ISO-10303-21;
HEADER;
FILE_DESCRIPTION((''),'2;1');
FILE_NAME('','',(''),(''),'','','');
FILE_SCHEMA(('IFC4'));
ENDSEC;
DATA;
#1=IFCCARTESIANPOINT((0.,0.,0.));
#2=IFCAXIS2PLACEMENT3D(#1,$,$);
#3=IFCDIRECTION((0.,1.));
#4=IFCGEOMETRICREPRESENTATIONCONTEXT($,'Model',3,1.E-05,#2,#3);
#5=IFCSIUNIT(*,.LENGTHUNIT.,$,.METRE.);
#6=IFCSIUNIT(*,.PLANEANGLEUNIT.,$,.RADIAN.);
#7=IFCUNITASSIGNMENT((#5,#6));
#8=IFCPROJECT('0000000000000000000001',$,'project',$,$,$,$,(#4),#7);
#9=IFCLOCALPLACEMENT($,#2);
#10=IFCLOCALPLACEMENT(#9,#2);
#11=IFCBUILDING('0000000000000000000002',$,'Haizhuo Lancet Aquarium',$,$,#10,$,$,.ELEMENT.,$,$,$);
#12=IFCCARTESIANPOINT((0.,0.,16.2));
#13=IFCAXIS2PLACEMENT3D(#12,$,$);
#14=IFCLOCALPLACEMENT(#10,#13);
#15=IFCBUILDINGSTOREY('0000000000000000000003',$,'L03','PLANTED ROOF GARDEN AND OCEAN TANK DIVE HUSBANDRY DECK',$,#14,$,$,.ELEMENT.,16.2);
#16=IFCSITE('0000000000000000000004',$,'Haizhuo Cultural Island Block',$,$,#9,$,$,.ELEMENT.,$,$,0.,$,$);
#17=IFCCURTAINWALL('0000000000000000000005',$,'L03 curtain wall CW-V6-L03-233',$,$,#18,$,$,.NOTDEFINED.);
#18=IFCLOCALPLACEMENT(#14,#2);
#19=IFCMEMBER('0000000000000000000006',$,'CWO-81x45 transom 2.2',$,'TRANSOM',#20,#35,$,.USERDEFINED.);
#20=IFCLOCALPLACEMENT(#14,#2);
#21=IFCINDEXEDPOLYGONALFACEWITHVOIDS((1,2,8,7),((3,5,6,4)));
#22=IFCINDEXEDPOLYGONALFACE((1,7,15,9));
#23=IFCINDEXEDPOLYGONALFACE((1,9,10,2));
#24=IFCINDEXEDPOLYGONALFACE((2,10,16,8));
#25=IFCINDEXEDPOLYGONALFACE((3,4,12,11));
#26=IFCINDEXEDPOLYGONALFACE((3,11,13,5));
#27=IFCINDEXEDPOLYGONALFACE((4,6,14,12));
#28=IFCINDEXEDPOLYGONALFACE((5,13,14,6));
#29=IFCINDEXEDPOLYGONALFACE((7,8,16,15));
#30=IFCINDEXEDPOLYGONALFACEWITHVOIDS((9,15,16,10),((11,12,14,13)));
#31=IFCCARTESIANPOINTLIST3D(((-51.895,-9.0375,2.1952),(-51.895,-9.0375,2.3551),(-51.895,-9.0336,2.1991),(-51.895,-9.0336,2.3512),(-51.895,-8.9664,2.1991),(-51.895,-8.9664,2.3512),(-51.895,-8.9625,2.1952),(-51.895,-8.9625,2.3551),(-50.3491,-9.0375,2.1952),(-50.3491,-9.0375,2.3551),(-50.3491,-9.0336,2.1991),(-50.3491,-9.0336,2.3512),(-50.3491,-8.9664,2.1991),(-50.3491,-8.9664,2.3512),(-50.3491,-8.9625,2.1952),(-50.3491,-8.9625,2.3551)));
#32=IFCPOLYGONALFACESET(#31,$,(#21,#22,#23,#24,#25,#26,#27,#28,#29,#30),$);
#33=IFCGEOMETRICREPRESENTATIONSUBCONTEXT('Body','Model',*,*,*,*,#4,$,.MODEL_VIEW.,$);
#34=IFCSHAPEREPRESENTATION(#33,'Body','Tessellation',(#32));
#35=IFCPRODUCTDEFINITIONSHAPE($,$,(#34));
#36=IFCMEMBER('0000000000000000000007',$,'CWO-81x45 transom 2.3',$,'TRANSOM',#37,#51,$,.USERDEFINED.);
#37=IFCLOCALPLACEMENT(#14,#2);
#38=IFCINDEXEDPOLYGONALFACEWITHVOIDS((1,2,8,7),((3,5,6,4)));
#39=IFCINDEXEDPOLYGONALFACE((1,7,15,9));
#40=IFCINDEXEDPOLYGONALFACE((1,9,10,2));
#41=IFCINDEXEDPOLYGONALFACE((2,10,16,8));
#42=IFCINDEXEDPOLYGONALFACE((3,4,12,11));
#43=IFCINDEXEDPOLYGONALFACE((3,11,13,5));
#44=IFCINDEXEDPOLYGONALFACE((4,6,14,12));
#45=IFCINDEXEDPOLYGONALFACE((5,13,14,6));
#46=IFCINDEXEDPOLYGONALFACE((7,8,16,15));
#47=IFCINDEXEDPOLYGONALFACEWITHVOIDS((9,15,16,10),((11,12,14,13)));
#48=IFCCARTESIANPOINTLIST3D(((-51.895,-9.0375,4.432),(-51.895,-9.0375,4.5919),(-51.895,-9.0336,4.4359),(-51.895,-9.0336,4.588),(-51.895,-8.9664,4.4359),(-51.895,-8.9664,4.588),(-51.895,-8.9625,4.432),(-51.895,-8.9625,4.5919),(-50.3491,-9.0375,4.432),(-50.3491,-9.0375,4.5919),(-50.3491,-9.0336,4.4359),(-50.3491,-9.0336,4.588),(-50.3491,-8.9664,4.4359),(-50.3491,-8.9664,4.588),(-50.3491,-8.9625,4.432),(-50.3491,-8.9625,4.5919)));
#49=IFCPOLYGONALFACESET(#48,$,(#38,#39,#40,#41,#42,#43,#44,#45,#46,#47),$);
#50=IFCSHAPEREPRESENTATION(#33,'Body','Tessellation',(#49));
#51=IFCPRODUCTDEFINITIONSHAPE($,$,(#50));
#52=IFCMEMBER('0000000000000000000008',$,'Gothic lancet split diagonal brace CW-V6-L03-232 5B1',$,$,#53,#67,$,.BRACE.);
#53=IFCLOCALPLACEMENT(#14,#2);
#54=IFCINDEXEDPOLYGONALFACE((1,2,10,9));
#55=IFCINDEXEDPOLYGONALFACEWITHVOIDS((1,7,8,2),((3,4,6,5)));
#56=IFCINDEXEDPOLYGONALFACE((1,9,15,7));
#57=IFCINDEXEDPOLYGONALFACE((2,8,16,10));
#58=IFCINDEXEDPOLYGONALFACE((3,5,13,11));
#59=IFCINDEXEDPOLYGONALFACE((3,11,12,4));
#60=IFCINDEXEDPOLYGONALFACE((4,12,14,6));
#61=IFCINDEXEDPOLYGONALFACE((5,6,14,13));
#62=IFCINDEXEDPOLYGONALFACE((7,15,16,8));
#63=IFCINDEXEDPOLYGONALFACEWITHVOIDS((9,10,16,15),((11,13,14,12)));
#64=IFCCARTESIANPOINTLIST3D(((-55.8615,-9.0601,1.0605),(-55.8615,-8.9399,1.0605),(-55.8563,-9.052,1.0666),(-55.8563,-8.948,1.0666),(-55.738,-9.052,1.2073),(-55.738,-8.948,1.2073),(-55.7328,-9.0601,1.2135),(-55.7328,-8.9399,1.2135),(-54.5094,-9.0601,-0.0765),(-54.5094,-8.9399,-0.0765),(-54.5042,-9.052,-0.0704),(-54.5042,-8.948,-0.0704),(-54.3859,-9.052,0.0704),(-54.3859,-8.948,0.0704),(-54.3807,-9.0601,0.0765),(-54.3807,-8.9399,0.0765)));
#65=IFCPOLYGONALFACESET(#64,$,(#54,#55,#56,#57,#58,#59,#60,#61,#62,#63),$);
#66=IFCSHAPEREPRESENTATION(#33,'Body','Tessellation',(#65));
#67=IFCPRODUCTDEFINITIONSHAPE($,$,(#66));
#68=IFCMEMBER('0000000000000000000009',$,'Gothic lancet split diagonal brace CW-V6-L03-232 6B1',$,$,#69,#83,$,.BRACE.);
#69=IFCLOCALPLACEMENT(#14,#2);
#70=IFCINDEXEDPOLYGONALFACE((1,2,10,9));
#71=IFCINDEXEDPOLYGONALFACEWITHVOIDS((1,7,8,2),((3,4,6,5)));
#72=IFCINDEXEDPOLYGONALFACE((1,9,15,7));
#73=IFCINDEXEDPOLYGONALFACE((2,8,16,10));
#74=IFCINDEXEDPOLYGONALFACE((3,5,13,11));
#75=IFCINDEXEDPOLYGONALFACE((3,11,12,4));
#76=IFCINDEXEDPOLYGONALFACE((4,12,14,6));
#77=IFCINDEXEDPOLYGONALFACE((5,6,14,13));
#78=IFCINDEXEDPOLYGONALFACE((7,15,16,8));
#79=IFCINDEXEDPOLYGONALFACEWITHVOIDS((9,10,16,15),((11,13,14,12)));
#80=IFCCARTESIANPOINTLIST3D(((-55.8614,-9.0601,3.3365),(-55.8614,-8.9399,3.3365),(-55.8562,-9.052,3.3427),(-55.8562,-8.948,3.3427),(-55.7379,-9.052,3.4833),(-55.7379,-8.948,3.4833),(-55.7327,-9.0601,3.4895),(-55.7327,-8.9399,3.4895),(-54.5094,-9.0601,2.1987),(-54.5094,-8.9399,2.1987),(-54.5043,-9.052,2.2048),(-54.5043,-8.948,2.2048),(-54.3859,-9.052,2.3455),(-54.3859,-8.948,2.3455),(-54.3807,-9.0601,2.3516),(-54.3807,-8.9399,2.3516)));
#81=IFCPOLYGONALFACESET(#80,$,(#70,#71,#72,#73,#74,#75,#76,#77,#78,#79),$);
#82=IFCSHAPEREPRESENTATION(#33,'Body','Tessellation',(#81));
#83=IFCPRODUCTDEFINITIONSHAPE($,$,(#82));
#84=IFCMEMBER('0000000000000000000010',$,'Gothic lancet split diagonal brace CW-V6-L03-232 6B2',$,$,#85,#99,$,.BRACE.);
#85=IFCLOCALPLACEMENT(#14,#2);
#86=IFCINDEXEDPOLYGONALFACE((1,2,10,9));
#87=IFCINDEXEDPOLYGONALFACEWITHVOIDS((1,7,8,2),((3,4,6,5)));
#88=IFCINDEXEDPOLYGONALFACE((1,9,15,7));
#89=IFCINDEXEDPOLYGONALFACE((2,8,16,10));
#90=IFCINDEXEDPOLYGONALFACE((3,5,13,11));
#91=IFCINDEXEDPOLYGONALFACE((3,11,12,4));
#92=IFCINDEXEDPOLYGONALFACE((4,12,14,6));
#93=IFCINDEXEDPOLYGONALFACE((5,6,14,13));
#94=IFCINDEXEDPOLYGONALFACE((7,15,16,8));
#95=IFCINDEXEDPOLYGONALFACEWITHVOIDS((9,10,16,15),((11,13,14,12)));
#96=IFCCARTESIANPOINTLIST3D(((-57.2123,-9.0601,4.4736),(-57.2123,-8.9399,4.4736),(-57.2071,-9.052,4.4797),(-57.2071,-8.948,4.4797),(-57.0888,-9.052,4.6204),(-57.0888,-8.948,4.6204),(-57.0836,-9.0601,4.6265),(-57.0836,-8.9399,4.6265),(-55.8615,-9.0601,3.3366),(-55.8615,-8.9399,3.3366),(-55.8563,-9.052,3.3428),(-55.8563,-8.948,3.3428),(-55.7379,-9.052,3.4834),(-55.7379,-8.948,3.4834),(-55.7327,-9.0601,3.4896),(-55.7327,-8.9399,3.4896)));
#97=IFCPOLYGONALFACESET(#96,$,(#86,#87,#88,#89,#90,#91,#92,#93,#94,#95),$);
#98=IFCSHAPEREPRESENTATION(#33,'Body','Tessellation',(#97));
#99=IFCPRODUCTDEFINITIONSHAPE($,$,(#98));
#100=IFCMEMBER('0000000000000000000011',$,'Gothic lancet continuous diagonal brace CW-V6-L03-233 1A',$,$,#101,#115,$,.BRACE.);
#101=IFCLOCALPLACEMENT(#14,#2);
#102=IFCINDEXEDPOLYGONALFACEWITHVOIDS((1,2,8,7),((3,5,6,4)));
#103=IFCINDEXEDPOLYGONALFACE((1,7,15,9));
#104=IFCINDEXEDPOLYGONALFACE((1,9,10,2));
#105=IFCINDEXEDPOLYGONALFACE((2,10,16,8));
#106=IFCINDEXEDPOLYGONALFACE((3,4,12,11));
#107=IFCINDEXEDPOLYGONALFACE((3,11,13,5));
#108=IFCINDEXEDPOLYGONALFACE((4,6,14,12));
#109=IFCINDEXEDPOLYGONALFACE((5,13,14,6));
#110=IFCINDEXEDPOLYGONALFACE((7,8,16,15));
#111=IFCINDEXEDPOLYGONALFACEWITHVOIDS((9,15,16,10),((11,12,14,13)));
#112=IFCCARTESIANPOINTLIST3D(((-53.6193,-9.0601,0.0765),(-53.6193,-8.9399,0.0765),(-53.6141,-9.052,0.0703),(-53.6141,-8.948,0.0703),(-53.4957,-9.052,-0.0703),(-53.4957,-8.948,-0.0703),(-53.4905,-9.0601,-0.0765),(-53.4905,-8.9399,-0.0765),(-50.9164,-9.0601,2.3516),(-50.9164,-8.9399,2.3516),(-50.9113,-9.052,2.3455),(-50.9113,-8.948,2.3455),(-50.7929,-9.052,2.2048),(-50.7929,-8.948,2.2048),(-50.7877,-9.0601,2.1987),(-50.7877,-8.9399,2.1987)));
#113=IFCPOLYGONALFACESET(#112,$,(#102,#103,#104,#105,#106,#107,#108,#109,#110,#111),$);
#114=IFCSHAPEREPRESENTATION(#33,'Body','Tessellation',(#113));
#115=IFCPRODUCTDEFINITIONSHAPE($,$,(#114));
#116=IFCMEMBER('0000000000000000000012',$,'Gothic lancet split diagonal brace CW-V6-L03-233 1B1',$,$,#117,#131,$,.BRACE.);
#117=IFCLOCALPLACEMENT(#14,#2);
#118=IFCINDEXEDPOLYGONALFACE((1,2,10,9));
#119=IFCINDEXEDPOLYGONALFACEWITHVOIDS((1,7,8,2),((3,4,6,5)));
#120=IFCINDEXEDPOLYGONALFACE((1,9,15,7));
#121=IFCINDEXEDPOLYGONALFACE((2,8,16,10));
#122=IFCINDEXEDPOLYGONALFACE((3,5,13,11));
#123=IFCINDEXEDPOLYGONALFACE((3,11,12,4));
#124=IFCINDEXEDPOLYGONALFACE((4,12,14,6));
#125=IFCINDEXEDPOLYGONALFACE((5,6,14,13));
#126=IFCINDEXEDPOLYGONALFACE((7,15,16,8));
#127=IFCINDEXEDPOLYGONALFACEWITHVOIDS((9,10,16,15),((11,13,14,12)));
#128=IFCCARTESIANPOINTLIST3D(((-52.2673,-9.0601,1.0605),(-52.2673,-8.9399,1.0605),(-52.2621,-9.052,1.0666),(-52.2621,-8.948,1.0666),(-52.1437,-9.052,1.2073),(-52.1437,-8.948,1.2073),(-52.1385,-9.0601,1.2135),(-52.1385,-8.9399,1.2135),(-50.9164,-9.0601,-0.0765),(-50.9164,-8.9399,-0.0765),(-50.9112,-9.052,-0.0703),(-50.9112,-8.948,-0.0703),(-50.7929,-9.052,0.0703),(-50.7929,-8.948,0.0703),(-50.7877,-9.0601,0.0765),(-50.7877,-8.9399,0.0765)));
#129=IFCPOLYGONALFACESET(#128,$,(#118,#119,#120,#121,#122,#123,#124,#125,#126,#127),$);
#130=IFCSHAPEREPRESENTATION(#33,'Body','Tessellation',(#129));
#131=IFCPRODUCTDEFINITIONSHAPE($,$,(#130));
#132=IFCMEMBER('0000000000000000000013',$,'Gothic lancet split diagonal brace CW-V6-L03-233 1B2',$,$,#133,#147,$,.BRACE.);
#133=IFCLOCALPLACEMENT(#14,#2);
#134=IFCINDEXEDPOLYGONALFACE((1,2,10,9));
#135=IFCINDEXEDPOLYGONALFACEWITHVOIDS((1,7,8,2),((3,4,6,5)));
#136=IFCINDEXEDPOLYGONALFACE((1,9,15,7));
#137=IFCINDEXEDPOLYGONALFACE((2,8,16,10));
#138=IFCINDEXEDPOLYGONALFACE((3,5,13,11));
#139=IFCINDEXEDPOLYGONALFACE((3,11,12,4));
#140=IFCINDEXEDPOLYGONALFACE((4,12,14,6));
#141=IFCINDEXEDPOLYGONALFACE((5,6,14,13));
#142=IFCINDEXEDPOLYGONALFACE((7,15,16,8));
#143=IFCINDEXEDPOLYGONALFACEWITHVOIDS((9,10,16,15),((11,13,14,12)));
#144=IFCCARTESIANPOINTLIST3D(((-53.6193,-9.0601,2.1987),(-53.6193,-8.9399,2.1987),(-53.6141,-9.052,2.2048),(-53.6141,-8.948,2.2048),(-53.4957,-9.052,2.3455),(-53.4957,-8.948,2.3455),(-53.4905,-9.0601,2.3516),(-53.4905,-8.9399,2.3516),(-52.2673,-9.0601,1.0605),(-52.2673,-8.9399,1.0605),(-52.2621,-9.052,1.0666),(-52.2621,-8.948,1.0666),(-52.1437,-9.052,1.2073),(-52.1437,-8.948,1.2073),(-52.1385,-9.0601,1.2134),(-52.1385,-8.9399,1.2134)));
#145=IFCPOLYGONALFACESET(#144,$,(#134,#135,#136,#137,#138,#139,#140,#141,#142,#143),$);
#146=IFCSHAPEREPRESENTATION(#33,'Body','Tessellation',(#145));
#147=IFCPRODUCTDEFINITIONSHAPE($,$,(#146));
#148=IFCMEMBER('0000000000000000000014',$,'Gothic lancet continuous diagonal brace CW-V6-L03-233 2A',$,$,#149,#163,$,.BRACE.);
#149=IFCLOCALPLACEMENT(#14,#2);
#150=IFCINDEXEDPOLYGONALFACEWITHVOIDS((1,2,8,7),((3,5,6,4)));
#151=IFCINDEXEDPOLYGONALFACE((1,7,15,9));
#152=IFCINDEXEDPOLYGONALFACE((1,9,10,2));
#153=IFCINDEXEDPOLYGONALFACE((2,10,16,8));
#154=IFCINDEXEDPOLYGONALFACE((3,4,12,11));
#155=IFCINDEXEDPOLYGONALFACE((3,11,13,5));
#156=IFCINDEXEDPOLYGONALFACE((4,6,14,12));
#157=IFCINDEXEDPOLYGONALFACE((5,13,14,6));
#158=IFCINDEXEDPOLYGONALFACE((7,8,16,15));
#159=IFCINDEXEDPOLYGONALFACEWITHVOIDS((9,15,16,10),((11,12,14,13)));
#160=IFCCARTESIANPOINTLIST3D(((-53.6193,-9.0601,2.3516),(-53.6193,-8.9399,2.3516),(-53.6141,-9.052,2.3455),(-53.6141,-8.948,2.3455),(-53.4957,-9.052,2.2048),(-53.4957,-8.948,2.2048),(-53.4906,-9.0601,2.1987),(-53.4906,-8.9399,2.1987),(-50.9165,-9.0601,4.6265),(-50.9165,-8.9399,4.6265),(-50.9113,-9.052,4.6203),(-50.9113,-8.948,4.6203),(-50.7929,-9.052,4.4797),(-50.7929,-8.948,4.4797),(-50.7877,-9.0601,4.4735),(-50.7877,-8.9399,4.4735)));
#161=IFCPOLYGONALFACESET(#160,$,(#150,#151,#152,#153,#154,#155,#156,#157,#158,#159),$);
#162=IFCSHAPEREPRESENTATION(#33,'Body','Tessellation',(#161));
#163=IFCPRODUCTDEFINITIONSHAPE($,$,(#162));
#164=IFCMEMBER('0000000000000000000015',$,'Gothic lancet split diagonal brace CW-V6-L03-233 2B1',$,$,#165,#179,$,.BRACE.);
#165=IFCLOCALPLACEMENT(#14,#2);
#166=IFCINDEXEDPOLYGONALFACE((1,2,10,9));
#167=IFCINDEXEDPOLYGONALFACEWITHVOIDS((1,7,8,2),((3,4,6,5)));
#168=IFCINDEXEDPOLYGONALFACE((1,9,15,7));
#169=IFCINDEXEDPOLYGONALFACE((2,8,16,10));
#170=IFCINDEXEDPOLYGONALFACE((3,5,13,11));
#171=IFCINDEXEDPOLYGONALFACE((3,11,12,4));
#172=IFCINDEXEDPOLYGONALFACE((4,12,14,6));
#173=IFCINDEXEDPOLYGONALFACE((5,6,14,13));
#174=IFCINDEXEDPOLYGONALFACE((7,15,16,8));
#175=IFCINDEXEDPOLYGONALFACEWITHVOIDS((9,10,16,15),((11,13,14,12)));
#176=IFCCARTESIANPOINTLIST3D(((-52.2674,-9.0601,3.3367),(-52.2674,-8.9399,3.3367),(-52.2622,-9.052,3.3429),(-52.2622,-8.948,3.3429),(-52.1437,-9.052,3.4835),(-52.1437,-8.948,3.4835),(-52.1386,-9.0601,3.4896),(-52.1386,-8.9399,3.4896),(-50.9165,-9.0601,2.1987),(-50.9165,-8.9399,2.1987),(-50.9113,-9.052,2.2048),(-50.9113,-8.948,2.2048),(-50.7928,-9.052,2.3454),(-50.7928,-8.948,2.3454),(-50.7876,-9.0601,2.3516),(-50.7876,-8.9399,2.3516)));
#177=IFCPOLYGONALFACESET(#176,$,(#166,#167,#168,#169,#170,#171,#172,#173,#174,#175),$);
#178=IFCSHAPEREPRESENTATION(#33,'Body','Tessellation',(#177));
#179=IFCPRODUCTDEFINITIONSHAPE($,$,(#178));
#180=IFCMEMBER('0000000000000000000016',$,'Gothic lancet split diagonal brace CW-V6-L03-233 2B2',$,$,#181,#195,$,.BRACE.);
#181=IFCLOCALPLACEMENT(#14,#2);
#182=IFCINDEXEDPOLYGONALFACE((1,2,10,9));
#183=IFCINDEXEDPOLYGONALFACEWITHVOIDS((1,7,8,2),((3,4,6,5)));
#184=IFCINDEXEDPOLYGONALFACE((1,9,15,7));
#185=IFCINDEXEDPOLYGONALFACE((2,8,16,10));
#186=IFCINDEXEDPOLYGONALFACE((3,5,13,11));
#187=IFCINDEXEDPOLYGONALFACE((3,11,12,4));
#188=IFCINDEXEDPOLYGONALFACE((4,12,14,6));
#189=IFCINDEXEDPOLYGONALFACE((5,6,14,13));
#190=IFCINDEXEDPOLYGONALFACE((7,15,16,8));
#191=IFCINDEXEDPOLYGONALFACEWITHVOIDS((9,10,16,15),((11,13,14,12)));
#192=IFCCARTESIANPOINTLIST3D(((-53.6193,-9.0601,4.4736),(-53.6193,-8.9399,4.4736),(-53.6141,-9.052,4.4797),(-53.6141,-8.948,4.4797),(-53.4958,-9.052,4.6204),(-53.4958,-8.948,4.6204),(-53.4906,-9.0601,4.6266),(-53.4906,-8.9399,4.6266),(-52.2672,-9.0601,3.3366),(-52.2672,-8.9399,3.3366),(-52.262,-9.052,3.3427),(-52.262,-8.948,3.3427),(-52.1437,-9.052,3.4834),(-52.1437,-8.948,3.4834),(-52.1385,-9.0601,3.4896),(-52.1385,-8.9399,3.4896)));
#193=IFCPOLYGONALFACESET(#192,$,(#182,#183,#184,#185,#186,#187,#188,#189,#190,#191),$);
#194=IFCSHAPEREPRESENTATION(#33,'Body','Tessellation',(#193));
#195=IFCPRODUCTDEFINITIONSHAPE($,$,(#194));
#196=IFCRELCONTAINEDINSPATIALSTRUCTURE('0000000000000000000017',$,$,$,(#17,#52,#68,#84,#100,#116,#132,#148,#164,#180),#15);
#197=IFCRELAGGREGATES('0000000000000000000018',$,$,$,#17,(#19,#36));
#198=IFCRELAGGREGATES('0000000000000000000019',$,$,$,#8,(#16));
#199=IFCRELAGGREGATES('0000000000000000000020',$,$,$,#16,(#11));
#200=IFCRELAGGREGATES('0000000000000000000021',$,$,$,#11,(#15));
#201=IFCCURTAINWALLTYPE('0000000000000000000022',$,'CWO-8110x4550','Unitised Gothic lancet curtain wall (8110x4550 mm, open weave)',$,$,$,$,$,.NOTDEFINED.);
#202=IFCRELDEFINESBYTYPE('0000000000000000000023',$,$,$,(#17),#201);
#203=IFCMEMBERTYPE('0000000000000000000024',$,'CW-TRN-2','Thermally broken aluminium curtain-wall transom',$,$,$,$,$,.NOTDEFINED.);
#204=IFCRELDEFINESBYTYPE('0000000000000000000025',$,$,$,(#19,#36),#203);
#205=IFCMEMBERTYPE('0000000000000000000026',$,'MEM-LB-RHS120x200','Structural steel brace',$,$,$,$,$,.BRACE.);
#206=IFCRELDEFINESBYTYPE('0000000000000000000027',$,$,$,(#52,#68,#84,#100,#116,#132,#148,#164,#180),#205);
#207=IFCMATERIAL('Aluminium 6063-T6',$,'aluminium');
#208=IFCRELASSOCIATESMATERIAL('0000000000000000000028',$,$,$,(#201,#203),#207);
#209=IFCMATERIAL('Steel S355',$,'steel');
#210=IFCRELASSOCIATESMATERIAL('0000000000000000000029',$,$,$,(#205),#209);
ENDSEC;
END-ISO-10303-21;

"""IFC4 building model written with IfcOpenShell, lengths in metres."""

from ifc_helpers import new_model, si_unit, direction, frame, origin, origin_2d, place, context, subcontext, project, spatial, hollow_rectangle, extrude, material, material_profile, profile_set, type_object, element, aggregate, save


model = new_model("IFC4")

# Units and contexts
model_context = context("Model", 3, precision=1e-05, world=origin(), true_north=direction((0.0, 1.0)))
body_context = subcontext(model_context, "Body", "Model", "MODEL_VIEW")
ifc_project = project(units=[si_unit("LENGTHUNIT", "METRE"), si_unit("PLANEANGLEUNIT", "RADIAN")], contexts=[model_context])

# Site, building, storey
site_placement = place(None, origin())
site = spatial("IfcSite", under=ifc_project, at=site_placement, Name="Haizhuo Cultural Island Block", CompositionType="ELEMENT", RefElevation=0.0)
building_placement = place(site_placement, origin())
building = spatial("IfcBuilding", under=site, at=building_placement, Name="Haizhuo Lancet Aquarium", CompositionType="ELEMENT")
storey_placement = place(building_placement, frame((0.0, 0.0, 16.2)))
storey = spatial("IfcBuildingStorey", under=building, at=storey_placement, Name="L03", Description="PLANTED ROOF GARDEN AND OCEAN TANK DIVE HUSBANDRY DECK", CompositionType="ELEMENT", Elevation=16.2)

# Shared definitions
ifc_material_1 = material(Name="Steel S355", Category="steel")

# Shared definitions
ifc_material_2 = material(Name="Aluminium 6063-T6", Category="aluminium")
curtain_wall_type = type_object("IfcCurtainWallType", Name="CWO-8110x4550", Description="Unitised Gothic lancet curtain wall (8110x4550 mm, open weave)", PredefinedType="NOTDEFINED", material=ifc_material_2)

# Curtain wall, members
curtain_wall_1_placement = place(storey_placement, origin())
curtain_wall_1 = element("IfcCurtainWall", 1, at=curtain_wall_1_placement, inside=storey, type_object=curtain_wall_type, Name="L03 curtain wall CW-V6-L03-233", PredefinedType="NOTDEFINED")
ifc_material_profile_1 = material_profile(ifc_material_2, hollow_rectangle(XDim=0.075, YDim=0.1599, WallThickness=0.0039, at=origin_2d()), Name="ALU-T 75x160x4")
ifc_profile_set_1 = profile_set([ifc_material_profile_1], Name="Aluminium 6063-T6")
member_type_1 = type_object("IfcMemberType", Name="CW-TRN-2", Description="Thermally broken aluminium curtain-wall transom", PredefinedType="NOTDEFINED", material=ifc_profile_set_1)
member_1_placement = place(storey_placement, frame((-51.895, -9.0, 2.2751), z_axis=(1.0, 0.0, 0.0), x_axis=(0.0, 1.0, 0.0)))
member_1 = element("IfcMember", 2, at=member_1_placement, type_object=member_type_1, Name="CWO-81x45 transom 2.2", ObjectType="TRANSOM", PredefinedType="USERDEFINED", context=body_context, shape_type="SweptSolid", body=[
    extrude(hollow_rectangle(XDim=0.075, YDim=0.1599, WallThickness=0.0039, at=origin_2d()), origin(), (0.0, 0.0, 1.0), 1.5459),
])
member_2_placement = place(storey_placement, frame((-51.895, -9.0, 4.512), z_axis=(1.0, 0.0, 0.0), x_axis=(0.0, 1.0, 0.0)))
member_2 = element("IfcMember", 3, at=member_2_placement, type_object=member_type_1, Name="CWO-81x45 transom 2.3", ObjectType="TRANSOM", PredefinedType="USERDEFINED", context=body_context, shape_type="SweptSolid", body=[
    extrude(hollow_rectangle(XDim=0.075, YDim=0.1599, WallThickness=0.0039, at=origin_2d()), origin(), (0.0, 0.0, 1.0), 1.5459),
])

# Members
ifc_material_profile_2 = material_profile(ifc_material_1, hollow_rectangle(XDim=0.1201, YDim=0.2, WallThickness=0.0081, at=origin_2d()), Name="RHS 120x200x8")
ifc_profile_set_2 = profile_set([ifc_material_profile_2], Name="Steel S355")
member_type_2 = type_object("IfcMemberType", Name="MEM-LB-RHS120x200", Description="Structural steel brace", PredefinedType="BRACE", material=ifc_profile_set_2)
member_3_placement = place(storey_placement, frame((-54.4451, -9.0, 0.0), z_axis=(-0.765359, 0.0, 0.643604), x_axis=(0.0, -1.0, 0.0)))
element("IfcMember", 4, at=member_3_placement, inside=storey, type_object=member_type_2, Name="Gothic lancet split diagonal brace CW-V6-L03-232 5B1", PredefinedType="BRACE", context=body_context, shape_type="SweptSolid", body=[
    extrude(hollow_rectangle(XDim=0.1201, YDim=0.2, WallThickness=0.0081, at=origin_2d()), origin(), (0.0, 0.0, 1.0), 1.7666),
])
member_4_placement = place(storey_placement, frame((-54.4451, -9.0, 2.2751), z_axis=(-0.765087, 0.0, 0.643927), x_axis=(0.0, -1.0, 0.0)))
element("IfcMember", 5, at=member_4_placement, inside=storey, type_object=member_type_2, Name="Gothic lancet split diagonal brace CW-V6-L03-232 6B1", PredefinedType="BRACE", context=body_context, shape_type="SweptSolid", body=[
    extrude(hollow_rectangle(XDim=0.1201, YDim=0.2, WallThickness=0.0081, at=origin_2d()), origin(), (0.0, 0.0, 1.0), 1.7671),
])
member_5_placement = place(storey_placement, frame((-55.7971, -9.0, 3.4131), z_axis=(-0.765073, 0.0, 0.643944), x_axis=(0.0, -1.0, 0.0)))
element("IfcMember", 6, at=member_5_placement, inside=storey, type_object=member_type_2, Name="Gothic lancet split diagonal brace CW-V6-L03-232 6B2", PredefinedType="BRACE", context=body_context, shape_type="SweptSolid", body=[
    extrude(hollow_rectangle(XDim=0.1201, YDim=0.2, WallThickness=0.0081, at=origin_2d()), origin(), (0.0, 0.0, 1.0), 1.7656),
])
member_6_placement = place(storey_placement, frame((-53.5549, -9.0, 0.0), z_axis=(0.765046, 0.0, 0.643976), x_axis=(0.0, 1.0, 0.0)))
element("IfcMember", 7, at=member_6_placement, inside=storey, type_object=member_type_2, Name="Gothic lancet continuous diagonal brace CW-V6-L03-233 1A", PredefinedType="BRACE", context=body_context, shape_type="SweptSolid", body=[
    extrude(hollow_rectangle(XDim=0.1201, YDim=0.2, WallThickness=0.0081, at=origin_2d()), origin(), (0.0, 0.0, 1.0), 3.533),
])
member_7_placement = place(storey_placement, frame((-50.8521, -9.0, 0.0), z_axis=(-0.765073, 0.0, 0.643944), x_axis=(0.0, -1.0, 0.0)))
element("IfcMember", 8, at=member_7_placement, inside=storey, type_object=member_type_2, Name="Gothic lancet split diagonal brace CW-V6-L03-233 1B1", PredefinedType="BRACE", context=body_context, shape_type="SweptSolid", body=[
    extrude(hollow_rectangle(XDim=0.1201, YDim=0.2, WallThickness=0.0081, at=origin_2d()), origin(), (0.0, 0.0, 1.0), 1.7656),
])
member_8_placement = place(storey_placement, frame((-52.2029, -9.0, 1.137), z_axis=(-0.765019, 0.0, 0.644008), x_axis=(0.0, -1.0, 0.0)))
element("IfcMember", 9, at=member_8_placement, inside=storey, type_object=member_type_2, Name="Gothic lancet split diagonal brace CW-V6-L03-233 1B2", PredefinedType="BRACE", context=body_context, shape_type="SweptSolid", body=[
    extrude(hollow_rectangle(XDim=0.1201, YDim=0.2, WallThickness=0.0081, at=origin_2d()), origin(), (0.0, 0.0, 1.0), 1.7673),
])
member_9_placement = place(storey_placement, frame((-53.5549, -9.0, 2.2751), z_axis=(0.76508, 0.0, 0.643936), x_axis=(0.0, 1.0, 0.0)))
element("IfcMember", 10, at=member_9_placement, inside=storey, type_object=member_type_2, Name="Gothic lancet continuous diagonal brace CW-V6-L03-233 2A", PredefinedType="BRACE", context=body_context, shape_type="SweptSolid", body=[
    extrude(hollow_rectangle(XDim=0.1201, YDim=0.2, WallThickness=0.0081, at=origin_2d()), origin(), (0.0, 0.0, 1.0), 3.5327),
])
member_10_placement = place(storey_placement, frame((-50.8521, -9.0, 2.2751), z_axis=(-0.7648, 0.0, 0.644268), x_axis=(0.0, -1.0, 0.0)))
element("IfcMember", 11, at=member_10_placement, inside=storey, type_object=member_type_2, Name="Gothic lancet split diagonal brace CW-V6-L03-233 2B1", PredefinedType="BRACE", context=body_context, shape_type="SweptSolid", body=[
    extrude(hollow_rectangle(XDim=0.1201, YDim=0.2, WallThickness=0.0081, at=origin_2d()), origin(), (0.0, 0.0, 1.0), 1.7664),
])
member_11_placement = place(storey_placement, frame((-52.2029, -9.0, 3.4131), z_axis=(-0.765359, 0.0, 0.643604), x_axis=(0.0, -1.0, 0.0)))
element("IfcMember", 12, at=member_11_placement, inside=storey, type_object=member_type_2, Name="Gothic lancet split diagonal brace CW-V6-L03-233 2B2", PredefinedType="BRACE", context=body_context, shape_type="SweptSolid", body=[
    extrude(hollow_rectangle(XDim=0.1201, YDim=0.2, WallThickness=0.0081, at=origin_2d()), origin(), (0.0, 0.0, 1.0), 1.7666),
])

aggregate(curtain_wall_1, [member_1, member_2])

save(model, "model.ifc")
